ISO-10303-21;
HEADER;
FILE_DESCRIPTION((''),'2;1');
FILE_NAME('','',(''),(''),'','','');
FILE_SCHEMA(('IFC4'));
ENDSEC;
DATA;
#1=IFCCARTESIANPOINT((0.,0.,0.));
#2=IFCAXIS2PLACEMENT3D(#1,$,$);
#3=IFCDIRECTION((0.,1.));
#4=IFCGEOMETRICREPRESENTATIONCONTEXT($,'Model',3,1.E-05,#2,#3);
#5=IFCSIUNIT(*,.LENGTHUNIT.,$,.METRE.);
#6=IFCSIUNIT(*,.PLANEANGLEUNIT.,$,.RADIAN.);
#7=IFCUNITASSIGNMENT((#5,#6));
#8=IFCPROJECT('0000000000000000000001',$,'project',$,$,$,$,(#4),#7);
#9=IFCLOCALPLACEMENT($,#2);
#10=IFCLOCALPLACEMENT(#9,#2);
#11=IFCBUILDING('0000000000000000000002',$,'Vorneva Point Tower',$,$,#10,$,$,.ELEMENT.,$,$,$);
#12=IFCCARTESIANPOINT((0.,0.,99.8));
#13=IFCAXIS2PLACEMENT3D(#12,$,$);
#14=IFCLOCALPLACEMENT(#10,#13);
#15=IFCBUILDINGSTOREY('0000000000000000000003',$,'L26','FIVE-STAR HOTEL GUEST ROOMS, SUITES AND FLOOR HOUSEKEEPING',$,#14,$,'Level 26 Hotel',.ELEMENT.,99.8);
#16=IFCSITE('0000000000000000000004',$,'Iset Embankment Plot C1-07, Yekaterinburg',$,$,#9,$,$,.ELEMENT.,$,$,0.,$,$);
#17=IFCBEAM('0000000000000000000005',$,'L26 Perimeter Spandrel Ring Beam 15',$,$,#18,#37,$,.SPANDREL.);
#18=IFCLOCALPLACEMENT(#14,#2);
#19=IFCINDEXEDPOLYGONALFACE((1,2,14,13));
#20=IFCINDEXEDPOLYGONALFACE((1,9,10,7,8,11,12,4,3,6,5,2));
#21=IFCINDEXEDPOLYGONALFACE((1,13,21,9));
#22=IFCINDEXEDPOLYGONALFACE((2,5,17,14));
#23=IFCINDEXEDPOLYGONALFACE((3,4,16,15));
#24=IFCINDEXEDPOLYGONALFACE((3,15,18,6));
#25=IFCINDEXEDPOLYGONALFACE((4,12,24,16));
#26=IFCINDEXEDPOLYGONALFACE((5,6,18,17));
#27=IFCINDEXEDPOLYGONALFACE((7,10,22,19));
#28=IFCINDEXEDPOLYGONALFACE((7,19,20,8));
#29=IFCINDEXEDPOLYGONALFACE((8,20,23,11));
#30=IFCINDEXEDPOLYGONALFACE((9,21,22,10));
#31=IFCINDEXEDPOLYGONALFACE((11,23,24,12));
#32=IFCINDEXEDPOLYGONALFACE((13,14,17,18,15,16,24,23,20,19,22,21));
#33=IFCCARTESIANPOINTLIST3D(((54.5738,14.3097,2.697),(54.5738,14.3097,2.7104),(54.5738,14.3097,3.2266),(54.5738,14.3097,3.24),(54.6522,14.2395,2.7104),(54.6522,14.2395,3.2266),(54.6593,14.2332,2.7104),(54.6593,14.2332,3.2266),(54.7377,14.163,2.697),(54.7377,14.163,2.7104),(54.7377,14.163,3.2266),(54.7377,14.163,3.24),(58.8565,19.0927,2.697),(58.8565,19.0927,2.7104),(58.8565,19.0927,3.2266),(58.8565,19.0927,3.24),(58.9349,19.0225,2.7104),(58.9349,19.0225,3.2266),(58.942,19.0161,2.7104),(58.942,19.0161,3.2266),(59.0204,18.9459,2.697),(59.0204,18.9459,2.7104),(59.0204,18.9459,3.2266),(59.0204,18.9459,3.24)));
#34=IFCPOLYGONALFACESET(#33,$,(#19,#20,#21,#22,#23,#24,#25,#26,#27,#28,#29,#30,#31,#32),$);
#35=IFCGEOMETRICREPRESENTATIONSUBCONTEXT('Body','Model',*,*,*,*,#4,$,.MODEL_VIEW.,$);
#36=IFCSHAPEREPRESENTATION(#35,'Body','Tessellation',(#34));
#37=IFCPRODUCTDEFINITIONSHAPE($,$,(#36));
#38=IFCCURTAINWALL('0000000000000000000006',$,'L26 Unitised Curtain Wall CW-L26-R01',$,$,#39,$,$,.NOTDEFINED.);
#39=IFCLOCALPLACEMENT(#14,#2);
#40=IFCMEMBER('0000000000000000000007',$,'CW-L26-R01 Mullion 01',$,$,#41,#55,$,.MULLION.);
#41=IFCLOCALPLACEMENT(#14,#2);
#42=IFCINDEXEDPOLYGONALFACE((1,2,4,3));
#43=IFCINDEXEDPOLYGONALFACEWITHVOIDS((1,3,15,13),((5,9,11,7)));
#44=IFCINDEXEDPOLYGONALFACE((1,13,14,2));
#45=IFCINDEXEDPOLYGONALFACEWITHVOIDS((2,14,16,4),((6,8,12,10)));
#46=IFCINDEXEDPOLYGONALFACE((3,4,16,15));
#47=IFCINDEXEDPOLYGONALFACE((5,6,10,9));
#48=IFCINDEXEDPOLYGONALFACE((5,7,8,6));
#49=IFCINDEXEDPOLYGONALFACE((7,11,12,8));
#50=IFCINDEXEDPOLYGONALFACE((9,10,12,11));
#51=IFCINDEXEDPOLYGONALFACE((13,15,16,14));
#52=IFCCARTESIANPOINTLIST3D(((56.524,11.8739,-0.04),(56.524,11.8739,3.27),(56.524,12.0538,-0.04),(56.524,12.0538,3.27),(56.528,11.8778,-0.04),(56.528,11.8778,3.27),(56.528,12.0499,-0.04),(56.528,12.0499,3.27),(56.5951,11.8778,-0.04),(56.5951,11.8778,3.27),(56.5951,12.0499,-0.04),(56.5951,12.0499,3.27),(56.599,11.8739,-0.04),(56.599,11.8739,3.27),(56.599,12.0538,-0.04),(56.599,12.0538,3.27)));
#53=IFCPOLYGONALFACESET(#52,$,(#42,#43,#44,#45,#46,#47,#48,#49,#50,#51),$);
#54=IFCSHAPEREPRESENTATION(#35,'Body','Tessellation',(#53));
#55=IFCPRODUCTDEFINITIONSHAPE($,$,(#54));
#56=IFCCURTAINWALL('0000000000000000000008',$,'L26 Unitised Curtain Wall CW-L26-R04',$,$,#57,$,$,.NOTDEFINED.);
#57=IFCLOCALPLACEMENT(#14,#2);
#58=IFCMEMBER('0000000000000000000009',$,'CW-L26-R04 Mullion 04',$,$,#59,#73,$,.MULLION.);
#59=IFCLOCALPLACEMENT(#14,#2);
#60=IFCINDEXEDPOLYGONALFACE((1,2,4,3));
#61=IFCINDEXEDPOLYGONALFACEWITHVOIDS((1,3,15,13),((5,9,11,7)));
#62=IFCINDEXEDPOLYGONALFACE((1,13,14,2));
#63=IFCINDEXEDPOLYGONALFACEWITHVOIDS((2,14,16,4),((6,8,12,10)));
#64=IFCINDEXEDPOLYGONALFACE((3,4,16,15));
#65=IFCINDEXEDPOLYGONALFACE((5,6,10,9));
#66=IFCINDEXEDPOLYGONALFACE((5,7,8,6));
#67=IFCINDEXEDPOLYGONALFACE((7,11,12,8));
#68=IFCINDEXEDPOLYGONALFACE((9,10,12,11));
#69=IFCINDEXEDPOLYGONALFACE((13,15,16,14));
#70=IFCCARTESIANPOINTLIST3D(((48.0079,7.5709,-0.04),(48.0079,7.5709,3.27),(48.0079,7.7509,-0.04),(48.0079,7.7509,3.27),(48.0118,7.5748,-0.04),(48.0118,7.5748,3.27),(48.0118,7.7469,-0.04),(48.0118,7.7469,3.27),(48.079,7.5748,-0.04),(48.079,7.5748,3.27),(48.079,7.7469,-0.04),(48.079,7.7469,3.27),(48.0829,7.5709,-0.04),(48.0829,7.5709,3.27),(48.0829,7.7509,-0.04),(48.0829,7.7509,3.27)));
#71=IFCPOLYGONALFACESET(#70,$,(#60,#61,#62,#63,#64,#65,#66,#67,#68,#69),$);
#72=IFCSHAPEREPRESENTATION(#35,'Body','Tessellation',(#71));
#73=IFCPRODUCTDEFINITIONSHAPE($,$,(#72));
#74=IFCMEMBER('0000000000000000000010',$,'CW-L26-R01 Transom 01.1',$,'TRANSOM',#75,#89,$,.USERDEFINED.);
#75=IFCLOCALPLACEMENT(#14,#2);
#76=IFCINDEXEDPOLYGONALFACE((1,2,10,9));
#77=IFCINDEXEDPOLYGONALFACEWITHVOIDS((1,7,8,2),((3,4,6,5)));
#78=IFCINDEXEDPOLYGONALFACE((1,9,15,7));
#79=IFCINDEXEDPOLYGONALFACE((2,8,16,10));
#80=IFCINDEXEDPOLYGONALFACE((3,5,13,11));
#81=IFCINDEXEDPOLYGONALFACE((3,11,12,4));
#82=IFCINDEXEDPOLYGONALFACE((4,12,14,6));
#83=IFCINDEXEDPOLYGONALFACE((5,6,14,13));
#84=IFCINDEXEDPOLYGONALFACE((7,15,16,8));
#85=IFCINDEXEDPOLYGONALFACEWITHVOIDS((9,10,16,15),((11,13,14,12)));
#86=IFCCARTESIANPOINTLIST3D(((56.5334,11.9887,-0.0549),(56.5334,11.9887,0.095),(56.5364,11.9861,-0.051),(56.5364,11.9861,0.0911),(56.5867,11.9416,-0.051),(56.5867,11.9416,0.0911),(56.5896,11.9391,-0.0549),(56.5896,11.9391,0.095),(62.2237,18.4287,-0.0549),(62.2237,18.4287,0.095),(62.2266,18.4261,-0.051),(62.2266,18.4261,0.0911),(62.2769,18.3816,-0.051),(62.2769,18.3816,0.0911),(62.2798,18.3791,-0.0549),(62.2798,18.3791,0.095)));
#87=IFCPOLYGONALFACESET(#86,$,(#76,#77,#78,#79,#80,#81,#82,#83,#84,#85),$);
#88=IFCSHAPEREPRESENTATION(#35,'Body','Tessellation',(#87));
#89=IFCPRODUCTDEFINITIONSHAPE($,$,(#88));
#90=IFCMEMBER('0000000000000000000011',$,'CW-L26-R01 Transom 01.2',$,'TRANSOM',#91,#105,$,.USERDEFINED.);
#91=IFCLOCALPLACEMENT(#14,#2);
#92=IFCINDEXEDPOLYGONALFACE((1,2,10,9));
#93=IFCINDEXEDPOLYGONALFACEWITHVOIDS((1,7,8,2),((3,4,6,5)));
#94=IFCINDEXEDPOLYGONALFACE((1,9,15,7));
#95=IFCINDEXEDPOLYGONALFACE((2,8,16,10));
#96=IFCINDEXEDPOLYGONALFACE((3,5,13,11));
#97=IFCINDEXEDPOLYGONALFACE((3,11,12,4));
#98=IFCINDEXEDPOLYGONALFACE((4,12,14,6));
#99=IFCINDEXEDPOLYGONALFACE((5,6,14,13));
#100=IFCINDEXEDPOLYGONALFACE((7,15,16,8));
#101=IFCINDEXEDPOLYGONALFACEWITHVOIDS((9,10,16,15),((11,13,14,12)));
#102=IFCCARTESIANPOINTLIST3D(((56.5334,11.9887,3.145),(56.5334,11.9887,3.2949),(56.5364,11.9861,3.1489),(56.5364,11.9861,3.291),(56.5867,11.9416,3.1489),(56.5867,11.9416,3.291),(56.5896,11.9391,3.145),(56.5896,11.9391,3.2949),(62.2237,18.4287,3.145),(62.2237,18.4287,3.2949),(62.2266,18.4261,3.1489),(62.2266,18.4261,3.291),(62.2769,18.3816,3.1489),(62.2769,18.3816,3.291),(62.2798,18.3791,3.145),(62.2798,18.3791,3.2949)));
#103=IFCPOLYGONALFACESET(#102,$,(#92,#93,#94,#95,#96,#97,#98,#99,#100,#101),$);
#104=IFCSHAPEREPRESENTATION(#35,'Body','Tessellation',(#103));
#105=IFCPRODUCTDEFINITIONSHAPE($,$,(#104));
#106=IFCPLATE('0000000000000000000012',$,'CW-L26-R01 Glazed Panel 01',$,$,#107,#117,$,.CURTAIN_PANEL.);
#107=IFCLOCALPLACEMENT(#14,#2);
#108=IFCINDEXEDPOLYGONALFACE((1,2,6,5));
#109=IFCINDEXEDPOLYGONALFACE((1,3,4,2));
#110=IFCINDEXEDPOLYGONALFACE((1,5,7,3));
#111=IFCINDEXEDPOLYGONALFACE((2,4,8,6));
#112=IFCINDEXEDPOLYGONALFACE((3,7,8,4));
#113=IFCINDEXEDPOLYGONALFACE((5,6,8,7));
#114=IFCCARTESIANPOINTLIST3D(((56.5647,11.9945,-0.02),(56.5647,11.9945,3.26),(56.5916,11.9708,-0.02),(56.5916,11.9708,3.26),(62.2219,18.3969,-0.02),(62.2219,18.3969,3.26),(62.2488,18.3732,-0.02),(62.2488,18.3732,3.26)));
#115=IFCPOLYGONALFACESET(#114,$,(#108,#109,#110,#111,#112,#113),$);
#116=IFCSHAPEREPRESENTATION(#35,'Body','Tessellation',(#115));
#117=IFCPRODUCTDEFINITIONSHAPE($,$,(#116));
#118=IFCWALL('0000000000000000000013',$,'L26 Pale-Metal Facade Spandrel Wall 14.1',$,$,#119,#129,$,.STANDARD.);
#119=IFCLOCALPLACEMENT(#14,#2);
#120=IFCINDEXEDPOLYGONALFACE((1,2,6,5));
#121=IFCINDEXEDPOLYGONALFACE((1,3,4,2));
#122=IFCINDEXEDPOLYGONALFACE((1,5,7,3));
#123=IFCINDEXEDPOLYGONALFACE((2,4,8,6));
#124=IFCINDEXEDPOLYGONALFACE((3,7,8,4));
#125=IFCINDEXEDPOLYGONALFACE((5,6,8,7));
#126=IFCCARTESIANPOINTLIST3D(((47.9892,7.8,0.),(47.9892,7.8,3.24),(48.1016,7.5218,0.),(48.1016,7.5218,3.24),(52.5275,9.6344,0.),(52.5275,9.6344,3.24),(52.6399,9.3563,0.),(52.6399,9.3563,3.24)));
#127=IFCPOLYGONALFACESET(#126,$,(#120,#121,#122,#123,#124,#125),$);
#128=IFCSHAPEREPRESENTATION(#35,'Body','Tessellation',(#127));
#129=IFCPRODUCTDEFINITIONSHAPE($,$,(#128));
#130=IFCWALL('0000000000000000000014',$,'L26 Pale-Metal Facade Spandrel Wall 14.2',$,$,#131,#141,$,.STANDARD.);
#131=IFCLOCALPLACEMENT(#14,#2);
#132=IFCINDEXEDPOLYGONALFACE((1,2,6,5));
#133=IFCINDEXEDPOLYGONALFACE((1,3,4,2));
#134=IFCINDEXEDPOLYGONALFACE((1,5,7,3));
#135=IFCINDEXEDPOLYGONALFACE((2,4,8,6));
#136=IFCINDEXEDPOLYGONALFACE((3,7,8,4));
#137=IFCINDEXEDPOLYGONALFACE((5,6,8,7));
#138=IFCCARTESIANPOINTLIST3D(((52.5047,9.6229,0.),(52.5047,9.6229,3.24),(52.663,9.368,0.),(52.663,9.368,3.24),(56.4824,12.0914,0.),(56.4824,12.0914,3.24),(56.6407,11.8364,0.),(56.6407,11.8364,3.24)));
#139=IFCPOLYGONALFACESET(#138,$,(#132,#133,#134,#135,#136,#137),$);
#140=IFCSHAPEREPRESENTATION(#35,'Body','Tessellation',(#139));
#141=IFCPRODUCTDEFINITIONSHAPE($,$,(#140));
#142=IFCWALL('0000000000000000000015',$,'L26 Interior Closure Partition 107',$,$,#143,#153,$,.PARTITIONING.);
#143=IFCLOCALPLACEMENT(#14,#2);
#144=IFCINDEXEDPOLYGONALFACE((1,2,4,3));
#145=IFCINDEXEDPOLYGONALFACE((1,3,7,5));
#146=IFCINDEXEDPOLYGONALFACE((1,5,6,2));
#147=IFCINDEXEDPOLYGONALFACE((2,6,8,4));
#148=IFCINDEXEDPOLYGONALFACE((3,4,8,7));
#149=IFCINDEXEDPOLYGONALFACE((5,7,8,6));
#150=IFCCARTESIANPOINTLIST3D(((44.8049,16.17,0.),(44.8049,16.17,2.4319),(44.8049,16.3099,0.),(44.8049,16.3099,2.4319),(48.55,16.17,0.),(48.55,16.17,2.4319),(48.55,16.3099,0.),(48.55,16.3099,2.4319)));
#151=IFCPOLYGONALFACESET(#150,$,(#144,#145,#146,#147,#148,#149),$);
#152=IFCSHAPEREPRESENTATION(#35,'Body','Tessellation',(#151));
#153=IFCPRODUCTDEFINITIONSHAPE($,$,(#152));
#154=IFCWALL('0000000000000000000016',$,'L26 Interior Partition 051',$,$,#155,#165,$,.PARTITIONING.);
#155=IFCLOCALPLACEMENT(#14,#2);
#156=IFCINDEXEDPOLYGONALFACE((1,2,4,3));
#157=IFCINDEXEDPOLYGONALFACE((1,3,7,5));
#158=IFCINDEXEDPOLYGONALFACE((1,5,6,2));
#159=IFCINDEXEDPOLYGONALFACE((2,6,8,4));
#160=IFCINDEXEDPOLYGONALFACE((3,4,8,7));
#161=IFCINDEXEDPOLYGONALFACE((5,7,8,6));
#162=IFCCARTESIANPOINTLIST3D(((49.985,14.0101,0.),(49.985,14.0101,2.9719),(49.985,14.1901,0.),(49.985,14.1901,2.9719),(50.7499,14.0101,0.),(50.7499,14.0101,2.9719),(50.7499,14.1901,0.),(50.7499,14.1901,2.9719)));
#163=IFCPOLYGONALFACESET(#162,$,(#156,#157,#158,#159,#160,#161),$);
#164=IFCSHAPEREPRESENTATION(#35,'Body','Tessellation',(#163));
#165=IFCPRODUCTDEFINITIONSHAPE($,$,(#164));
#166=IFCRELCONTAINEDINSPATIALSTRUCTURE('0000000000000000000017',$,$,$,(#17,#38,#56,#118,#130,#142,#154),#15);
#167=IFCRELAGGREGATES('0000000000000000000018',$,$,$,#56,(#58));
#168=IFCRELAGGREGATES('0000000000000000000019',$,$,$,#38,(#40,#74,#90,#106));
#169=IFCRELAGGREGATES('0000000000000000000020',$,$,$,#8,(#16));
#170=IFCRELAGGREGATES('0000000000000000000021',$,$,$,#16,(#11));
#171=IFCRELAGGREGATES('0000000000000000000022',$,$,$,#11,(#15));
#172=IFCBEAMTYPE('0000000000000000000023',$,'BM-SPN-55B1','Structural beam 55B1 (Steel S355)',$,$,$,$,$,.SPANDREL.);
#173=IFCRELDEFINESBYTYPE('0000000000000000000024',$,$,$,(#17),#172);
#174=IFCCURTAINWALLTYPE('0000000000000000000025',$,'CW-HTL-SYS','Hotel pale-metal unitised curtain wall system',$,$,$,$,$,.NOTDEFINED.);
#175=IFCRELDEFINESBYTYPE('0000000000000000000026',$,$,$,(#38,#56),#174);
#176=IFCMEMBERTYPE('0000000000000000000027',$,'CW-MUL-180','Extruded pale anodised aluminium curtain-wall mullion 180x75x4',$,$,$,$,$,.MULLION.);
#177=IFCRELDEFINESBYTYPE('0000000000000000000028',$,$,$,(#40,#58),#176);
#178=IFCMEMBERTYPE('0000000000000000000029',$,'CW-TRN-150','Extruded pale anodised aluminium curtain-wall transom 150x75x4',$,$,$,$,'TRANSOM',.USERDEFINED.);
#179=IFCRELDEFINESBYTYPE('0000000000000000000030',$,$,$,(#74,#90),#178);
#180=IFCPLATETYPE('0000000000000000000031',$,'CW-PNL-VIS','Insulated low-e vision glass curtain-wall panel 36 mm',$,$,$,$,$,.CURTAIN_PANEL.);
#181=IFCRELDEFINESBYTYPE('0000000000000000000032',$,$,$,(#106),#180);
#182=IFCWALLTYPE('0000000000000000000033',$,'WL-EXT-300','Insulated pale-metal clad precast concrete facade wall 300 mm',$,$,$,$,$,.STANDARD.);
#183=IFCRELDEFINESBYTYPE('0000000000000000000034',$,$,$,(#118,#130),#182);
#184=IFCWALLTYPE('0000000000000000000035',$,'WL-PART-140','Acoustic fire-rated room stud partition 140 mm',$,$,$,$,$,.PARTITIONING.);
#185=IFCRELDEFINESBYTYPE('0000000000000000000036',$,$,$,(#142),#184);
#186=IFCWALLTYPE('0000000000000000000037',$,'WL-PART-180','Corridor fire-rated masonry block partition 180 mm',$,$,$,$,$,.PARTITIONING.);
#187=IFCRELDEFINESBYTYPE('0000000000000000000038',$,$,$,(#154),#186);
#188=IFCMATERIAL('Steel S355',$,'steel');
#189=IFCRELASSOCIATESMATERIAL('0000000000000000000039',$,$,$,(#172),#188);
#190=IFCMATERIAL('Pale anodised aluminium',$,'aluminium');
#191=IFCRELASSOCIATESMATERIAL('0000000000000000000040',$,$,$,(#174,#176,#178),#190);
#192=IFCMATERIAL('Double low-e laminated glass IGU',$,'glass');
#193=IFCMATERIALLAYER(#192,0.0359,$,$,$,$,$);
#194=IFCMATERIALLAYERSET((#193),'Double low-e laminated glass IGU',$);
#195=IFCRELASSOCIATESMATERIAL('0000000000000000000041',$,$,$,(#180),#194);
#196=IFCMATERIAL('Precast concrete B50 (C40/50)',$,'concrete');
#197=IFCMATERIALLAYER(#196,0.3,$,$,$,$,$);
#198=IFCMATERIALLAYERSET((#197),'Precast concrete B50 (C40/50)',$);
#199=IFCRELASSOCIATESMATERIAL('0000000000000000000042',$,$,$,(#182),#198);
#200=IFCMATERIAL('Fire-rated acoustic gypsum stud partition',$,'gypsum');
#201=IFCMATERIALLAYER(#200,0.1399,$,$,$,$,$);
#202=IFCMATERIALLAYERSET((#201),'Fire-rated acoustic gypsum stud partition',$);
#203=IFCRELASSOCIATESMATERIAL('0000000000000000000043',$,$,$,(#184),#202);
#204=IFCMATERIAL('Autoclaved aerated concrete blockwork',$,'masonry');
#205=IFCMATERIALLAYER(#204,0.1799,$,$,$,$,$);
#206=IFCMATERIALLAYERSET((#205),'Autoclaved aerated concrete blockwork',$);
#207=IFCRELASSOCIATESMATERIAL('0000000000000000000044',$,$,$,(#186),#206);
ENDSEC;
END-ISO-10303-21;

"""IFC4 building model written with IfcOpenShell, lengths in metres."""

from ifc_helpers import new_model, si_unit, direction, frame, frame_2d, origin, origin_2d, place, context, subcontext, project, spatial, rectangle, hollow_rectangle, i_section, extrude, material, layer, layer_set, material_profile, profile_set, type_object, element, aggregate, save


model = new_model("IFC4")

# Units and contexts
model_context = context("Model", 3, precision=1e-05, world=origin(), true_north=direction((0.0, 1.0)))
body_context = subcontext(model_context, "Body", "Model", "MODEL_VIEW")
ifc_project = project(units=[si_unit("LENGTHUNIT", "METRE"), si_unit("PLANEANGLEUNIT", "RADIAN")], contexts=[model_context])

# Site, building, storey
site_placement = place(None, origin())
site = spatial("IfcSite", under=ifc_project, at=site_placement, Name="Iset Embankment Plot C1-07, Yekaterinburg", CompositionType="ELEMENT", RefElevation=0.0)
building_placement = place(site_placement, origin())
building = spatial("IfcBuilding", under=site, at=building_placement, Name="Vorneva Point Tower", CompositionType="ELEMENT")
storey_placement = place(building_placement, frame((0.0, 0.0, 99.8)))
storey = spatial("IfcBuildingStorey", under=building, at=storey_placement, Name="L26", Description="FIVE-STAR HOTEL GUEST ROOMS, SUITES AND FLOOR HOUSEKEEPING", LongName="Level 26 Hotel", CompositionType="ELEMENT", Elevation=99.8)

# Beam
ifc_material_1 = material(Name="Steel S355", Category="steel")
ifc_material_profile_1 = material_profile(ifc_material_1, i_section(OverallWidth=0.22, OverallDepth=0.543, WebThickness=0.0095, FlangeThickness=0.0134, at=origin_2d()), Name="55B1")
ifc_profile_set_1 = profile_set([ifc_material_profile_1], Name="Steel S355")
beam_type_1 = type_object("IfcBeamType", Name="BM-SPN-55B1", Description="Structural beam 55B1 (Steel S355)", PredefinedType="SPANDREL", material=ifc_profile_set_1)
beam_1_placement = place(storey_placement, frame((54.6558, 14.2363, 2.9685), z_axis=(0.667074, 0.744992, 0.0), x_axis=(-0.744992, 0.667074, 0.0)))
element("IfcBeam", 1, at=beam_1_placement, inside=storey, type_object=beam_type_1, Name="L26 Perimeter Spandrel Ring Beam 15", PredefinedType="SPANDREL", context=body_context, shape_type="SweptSolid", body=[
    extrude(i_section(OverallWidth=0.22, OverallDepth=0.543, WebThickness=0.0095, FlangeThickness=0.0134, at=origin_2d()), origin(), (0.0, 0.0, 1.0), 6.4202),
])

# Curtain walls, members
ifc_material_2 = material(Name="Pale anodised aluminium", Category="aluminium")
curtain_wall_type = type_object("IfcCurtainWallType", Name="CW-HTL-SYS", Description="Hotel pale-metal unitised curtain wall system", PredefinedType="NOTDEFINED", material=ifc_material_2)
curtain_wall_1_placement = place(storey_placement, origin())
curtain_wall_1 = element("IfcCurtainWall", 2, at=curtain_wall_1_placement, inside=storey, type_object=curtain_wall_type, Name="L26 Unitised Curtain Wall CW-L26-R01", PredefinedType="NOTDEFINED")
ifc_material_profile_2 = material_profile(ifc_material_2, hollow_rectangle(XDim=0.075, YDim=0.1799, WallThickness=0.0039, at=origin_2d()), Name="AL-MUL 180x75x4")
ifc_profile_set_2 = profile_set([ifc_material_profile_2], Name="Pale anodised aluminium")
member_type_1 = type_object("IfcMemberType", Name="CW-MUL-180", Description="Extruded pale anodised aluminium curtain-wall mullion 180x75x4", PredefinedType="MULLION", material=ifc_profile_set_2)
member_1_placement = place(storey_placement, frame((56.5615, 11.9639, -0.04), z_axis=(0.0, 0.0, 1.0), x_axis=(1.0, 0.0, 0.0)))
member_1 = element("IfcMember", 3, at=member_1_placement, type_object=member_type_1, Name="CW-L26-R01 Mullion 01", PredefinedType="MULLION", context=body_context, shape_type="SweptSolid", body=[
    extrude(hollow_rectangle(XDim=0.075, YDim=0.1799, WallThickness=0.0039, at=origin_2d()), origin(), (0.0, 0.0, 1.0), 3.3101),
])
curtain_wall_2_placement = place(storey_placement, origin())
curtain_wall_2 = element("IfcCurtainWall", 4, at=curtain_wall_2_placement, inside=storey, type_object=curtain_wall_type, Name="L26 Unitised Curtain Wall CW-L26-R04", PredefinedType="NOTDEFINED")
member_2_placement = place(storey_placement, frame((48.0454, 7.6609, -0.04), z_axis=(0.0, 0.0, 1.0), x_axis=(1.0, 0.0, 0.0)))
member_2 = element("IfcMember", 5, at=member_2_placement, type_object=member_type_1, Name="CW-L26-R04 Mullion 04", PredefinedType="MULLION", context=body_context, shape_type="SweptSolid", body=[
    extrude(hollow_rectangle(XDim=0.075, YDim=0.1799, WallThickness=0.0039, at=origin_2d()), origin(), (0.0, 0.0, 1.0), 3.3101),
])
aggregate(curtain_wall_2, [member_2])

# Members
ifc_material_profile_3 = material_profile(ifc_material_2, hollow_rectangle(XDim=0.075, YDim=0.1499, WallThickness=0.0039, at=origin_2d()), Name="AL-TRN 150x75x4")
ifc_profile_set_3 = profile_set([ifc_material_profile_3], Name="Pale anodised aluminium")
member_type_2 = type_object("IfcMemberType", Name="CW-TRN-150", Description="Extruded pale anodised aluminium curtain-wall transom 150x75x4", ElementType="TRANSOM", PredefinedType="USERDEFINED", material=ifc_profile_set_3)
member_3_placement = place(storey_placement, frame((56.5615, 11.9639, 0.02), z_axis=(0.662137, 0.749383, 0.0), x_axis=(-0.749383, 0.662137, 0.0)))
member_3 = element("IfcMember", 6, at=member_3_placement, type_object=member_type_2, Name="CW-L26-R01 Transom 01.1", ObjectType="TRANSOM", PredefinedType="USERDEFINED", context=body_context, shape_type="SweptSolid", body=[
    extrude(hollow_rectangle(XDim=0.075, YDim=0.1499, WallThickness=0.0039, at=origin_2d()), origin(), (0.0, 0.0, 1.0), 8.5938),
])
member_4_placement = place(storey_placement, frame((56.5615, 11.9639, 3.22), z_axis=(0.662137, 0.749383, 0.0), x_axis=(-0.749383, 0.662137, 0.0)))
member_4 = element("IfcMember", 7, at=member_4_placement, type_object=member_type_2, Name="CW-L26-R01 Transom 01.2", ObjectType="TRANSOM", PredefinedType="USERDEFINED", context=body_context, shape_type="SweptSolid", body=[
    extrude(hollow_rectangle(XDim=0.075, YDim=0.1499, WallThickness=0.0039, at=origin_2d()), origin(), (0.0, 0.0, 1.0), 8.5938),
])

# Plate
ifc_material_3 = material(Name="Double low-e laminated glass IGU", Category="glass")
ifc_layer_1 = layer(ifc_material_3, 0.0359)
ifc_layer_set_1 = layer_set([ifc_layer_1], Name="Double low-e laminated glass IGU")
plate_type = type_object("IfcPlateType", Name="CW-PNL-VIS", Description="Insulated low-e vision glass curtain-wall panel 36 mm", PredefinedType="CURTAIN_PANEL", material=ifc_layer_set_1)
plate_placement = place(storey_placement, frame((59.4067, 15.1838, -0.02), z_axis=(0.0, 0.0, 1.0), x_axis=(0.662149, 0.749372, 0.0)))
plate = element("IfcPlate", 8, at=plate_placement, type_object=plate_type, Name="CW-L26-R01 Glazed Panel 01", PredefinedType="CURTAIN_PANEL", context=body_context, shape_type="SweptSolid", body=[
    extrude(rectangle(XDim=8.5437, YDim=0.0359, at=origin_2d()), origin(), (0.0, 0.0, 1.0), 3.28),
])
aggregate(curtain_wall_1, [member_1, member_3, member_4, plate])

# Walls
ifc_material_4 = material(Name="Precast concrete B50 (C40/50)", Category="concrete")
ifc_layer_2 = layer(ifc_material_4, 0.3)
ifc_layer_set_2 = layer_set([ifc_layer_2], Name="Precast concrete B50 (C40/50)")
wall_type_1 = type_object("IfcWallType", Name="WL-EXT-300", Description="Insulated pale-metal clad precast concrete facade wall 300 mm", PredefinedType="STANDARD", material=ifc_layer_set_2)
wall_1_placement = place(storey_placement, frame((48.0454, 7.6609, 0.0), z_axis=(0.0, 0.0, 1.0), x_axis=(0.927122, 0.374759, 0.0)))
element("IfcWall", 9, at=wall_1_placement, inside=storey, type_object=wall_type_1, Name="L26 Pale-Metal Facade Spandrel Wall 14.1", PredefinedType="STANDARD", context=body_context, shape_type="SweptSolid", body=[
    extrude(rectangle(XDim=4.895, YDim=0.3, at=frame_2d((2.4475, 0.0))), origin(), (0.0, 0.0, 1.0), 3.24),
])
wall_2_placement = place(storey_placement, frame((52.5837, 9.4954, 0.0), z_axis=(0.0, 0.0, 1.0), x_axis=(0.849684, 0.527291, 0.0)))
element("IfcWall", 10, at=wall_2_placement, inside=storey, type_object=wall_type_1, Name="L26 Pale-Metal Facade Spandrel Wall 14.2", PredefinedType="STANDARD", context=body_context, shape_type="SweptSolid", body=[
    extrude(rectangle(XDim=4.6814, YDim=0.3, at=frame_2d((2.3408, 0.0))), origin(), (0.0, 0.0, 1.0), 3.24),
])
ifc_material_5 = material(Name="Fire-rated acoustic gypsum stud partition", Category="gypsum")
ifc_layer_3 = layer(ifc_material_5, 0.1399)
ifc_layer_set_3 = layer_set([ifc_layer_3], Name="Fire-rated acoustic gypsum stud partition")
wall_type_2 = type_object("IfcWallType", Name="WL-PART-140", Description="Acoustic fire-rated room stud partition 140 mm", PredefinedType="PARTITIONING", material=ifc_layer_set_3)
wall_3_placement = place(storey_placement, frame((48.55, 16.24, 0.0), z_axis=(0.0, 0.0, 1.0), x_axis=(-1.0, 0.0, 0.0)))
element("IfcWall", 11, at=wall_3_placement, inside=storey, type_object=wall_type_2, Name="L26 Interior Closure Partition 107", PredefinedType="PARTITIONING", context=body_context, shape_type="SweptSolid", body=[
    extrude(rectangle(XDim=3.7451, YDim=0.1399, at=frame_2d((1.8726, 0.0))), origin(), (0.0, 0.0, 1.0), 2.4319),
])
ifc_material_6 = material(Name="Autoclaved aerated concrete blockwork", Category="masonry")
ifc_layer_4 = layer(ifc_material_6, 0.1799)
ifc_layer_set_4 = layer_set([ifc_layer_4], Name="Autoclaved aerated concrete blockwork")
wall_type_3 = type_object("IfcWallType", Name="WL-PART-180", Description="Corridor fire-rated masonry block partition 180 mm", PredefinedType="PARTITIONING", material=ifc_layer_set_4)
wall_4_placement = place(storey_placement, frame((49.9851, 14.1001, 0.0), z_axis=(0.0, 0.0, 1.0), x_axis=(1.0, 0.0, 0.0)))
element("IfcWall", 12, at=wall_4_placement, inside=storey, type_object=wall_type_3, Name="L26 Interior Partition 051", PredefinedType="PARTITIONING", context=body_context, shape_type="SweptSolid", body=[
    extrude(rectangle(XDim=0.7649, YDim=0.1799, at=frame_2d((0.3823, 0.0))), origin(), (0.0, 0.0, 1.0), 2.9719),
])

save(model, "model.ifc")
